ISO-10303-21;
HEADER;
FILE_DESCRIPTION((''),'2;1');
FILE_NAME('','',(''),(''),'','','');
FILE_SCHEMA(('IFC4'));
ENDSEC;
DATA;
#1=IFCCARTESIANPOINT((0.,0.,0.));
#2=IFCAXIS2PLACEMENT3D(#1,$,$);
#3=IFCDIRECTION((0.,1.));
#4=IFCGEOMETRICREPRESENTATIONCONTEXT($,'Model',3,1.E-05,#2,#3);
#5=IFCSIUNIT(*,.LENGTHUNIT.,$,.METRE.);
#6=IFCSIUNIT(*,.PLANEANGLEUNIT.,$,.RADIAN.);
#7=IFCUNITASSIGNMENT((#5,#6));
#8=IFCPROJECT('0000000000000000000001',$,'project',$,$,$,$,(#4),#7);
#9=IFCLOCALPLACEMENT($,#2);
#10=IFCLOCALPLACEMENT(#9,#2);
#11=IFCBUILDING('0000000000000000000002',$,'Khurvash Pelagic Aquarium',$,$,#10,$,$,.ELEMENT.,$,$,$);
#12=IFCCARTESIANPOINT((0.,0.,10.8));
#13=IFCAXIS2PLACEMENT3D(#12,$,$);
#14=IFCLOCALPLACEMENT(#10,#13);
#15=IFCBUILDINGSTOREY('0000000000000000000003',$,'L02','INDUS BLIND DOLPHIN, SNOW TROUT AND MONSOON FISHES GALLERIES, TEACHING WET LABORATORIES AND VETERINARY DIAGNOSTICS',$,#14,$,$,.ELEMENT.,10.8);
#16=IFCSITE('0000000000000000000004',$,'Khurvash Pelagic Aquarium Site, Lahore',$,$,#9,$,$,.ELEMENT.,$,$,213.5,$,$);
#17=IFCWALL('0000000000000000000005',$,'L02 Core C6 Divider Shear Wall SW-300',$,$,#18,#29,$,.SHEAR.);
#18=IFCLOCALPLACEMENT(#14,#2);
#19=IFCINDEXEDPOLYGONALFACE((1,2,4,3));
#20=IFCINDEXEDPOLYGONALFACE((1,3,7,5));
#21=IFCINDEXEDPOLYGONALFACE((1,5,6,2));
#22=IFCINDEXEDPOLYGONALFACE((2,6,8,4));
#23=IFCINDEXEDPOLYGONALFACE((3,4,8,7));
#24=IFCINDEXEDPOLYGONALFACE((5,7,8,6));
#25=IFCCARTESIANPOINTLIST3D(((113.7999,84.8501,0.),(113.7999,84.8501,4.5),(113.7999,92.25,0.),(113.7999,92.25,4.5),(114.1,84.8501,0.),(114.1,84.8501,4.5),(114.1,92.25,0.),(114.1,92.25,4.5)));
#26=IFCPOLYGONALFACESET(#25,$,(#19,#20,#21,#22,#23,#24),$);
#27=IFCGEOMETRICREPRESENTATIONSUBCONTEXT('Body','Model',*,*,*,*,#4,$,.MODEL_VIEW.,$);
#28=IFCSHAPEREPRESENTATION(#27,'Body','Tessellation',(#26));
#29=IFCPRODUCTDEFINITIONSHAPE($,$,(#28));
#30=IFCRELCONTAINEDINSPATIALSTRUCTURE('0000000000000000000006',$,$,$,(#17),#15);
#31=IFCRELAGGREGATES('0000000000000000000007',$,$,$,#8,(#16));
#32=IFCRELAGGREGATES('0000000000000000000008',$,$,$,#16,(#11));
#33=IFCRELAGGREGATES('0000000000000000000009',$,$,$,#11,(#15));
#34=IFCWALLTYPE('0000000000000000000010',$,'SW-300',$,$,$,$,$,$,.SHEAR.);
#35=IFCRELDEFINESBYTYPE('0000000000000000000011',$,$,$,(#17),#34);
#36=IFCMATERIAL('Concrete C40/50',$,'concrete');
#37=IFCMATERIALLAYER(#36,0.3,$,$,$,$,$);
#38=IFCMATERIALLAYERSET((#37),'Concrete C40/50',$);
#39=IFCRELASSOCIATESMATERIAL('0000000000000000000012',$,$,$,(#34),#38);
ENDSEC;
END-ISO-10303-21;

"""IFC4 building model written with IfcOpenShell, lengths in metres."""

from ifc_helpers import new_model, si_unit, direction, frame, frame_2d, origin, place, context, subcontext, project, spatial, rectangle, extrude, material, layer, layer_set, type_object, element, save


model = new_model("IFC4")

# Units and contexts
model_context = context("Model", 3, precision=1e-05, world=origin(), true_north=direction((0.0, 1.0)))
body_context = subcontext(model_context, "Body", "Model", "MODEL_VIEW")
ifc_project = project(units=[si_unit("LENGTHUNIT", "METRE"), si_unit("PLANEANGLEUNIT", "RADIAN")], contexts=[model_context])

# Site, building, storey
site_placement = place(None, origin())
site = spatial("IfcSite", under=ifc_project, at=site_placement, Name="Khurvash Pelagic Aquarium Site, Lahore", CompositionType="ELEMENT", RefElevation=213.5)
building_placement = place(site_placement, origin())
building = spatial("IfcBuilding", under=site, at=building_placement, Name="Khurvash Pelagic Aquarium", CompositionType="ELEMENT")
storey_placement = place(building_placement, frame((0.0, 0.0, 10.8)))
storey = spatial("IfcBuildingStorey", under=building, at=storey_placement, Name="L02", Description="INDUS BLIND DOLPHIN, SNOW TROUT AND MONSOON FISHES GALLERIES, TEACHING WET LABORATORIES AND VETERINARY DIAGNOSTICS", CompositionType="ELEMENT", Elevation=10.8)

# Shared definitions
ifc_material_1 = material(Name="Concrete C40/50", Category="concrete")

# Wall
ifc_layer_1 = layer(ifc_material_1, 0.3)
ifc_layer_set_1 = layer_set([ifc_layer_1], Name="Concrete C40/50")
wall_type_1 = type_object("IfcWallType", Name="SW-300", PredefinedType="SHEAR", material=ifc_layer_set_1)
for number, where, z_axis, x_axis, name in (
    (1, (113.95, 84.8501, 0.0), (0.0, 0.0, 1.0), (0.0, 1.0, 0.0), "L02 Core C6 Divider Shear Wall SW-300"),
):
    element("IfcWall", number, at=place(storey_placement, frame(where, z_axis=z_axis, x_axis=x_axis)), inside=storey, type_object=wall_type_1, Name=name, PredefinedType="SHEAR", context=body_context, shape_type="SweptSolid", body=[
        extrude(rectangle(XDim=7.3999, YDim=0.3, at=frame_2d((3.7, 0.0))), origin(), (0.0, 0.0, 1.0), 4.5),
    ])

save(model, "model.ifc")
